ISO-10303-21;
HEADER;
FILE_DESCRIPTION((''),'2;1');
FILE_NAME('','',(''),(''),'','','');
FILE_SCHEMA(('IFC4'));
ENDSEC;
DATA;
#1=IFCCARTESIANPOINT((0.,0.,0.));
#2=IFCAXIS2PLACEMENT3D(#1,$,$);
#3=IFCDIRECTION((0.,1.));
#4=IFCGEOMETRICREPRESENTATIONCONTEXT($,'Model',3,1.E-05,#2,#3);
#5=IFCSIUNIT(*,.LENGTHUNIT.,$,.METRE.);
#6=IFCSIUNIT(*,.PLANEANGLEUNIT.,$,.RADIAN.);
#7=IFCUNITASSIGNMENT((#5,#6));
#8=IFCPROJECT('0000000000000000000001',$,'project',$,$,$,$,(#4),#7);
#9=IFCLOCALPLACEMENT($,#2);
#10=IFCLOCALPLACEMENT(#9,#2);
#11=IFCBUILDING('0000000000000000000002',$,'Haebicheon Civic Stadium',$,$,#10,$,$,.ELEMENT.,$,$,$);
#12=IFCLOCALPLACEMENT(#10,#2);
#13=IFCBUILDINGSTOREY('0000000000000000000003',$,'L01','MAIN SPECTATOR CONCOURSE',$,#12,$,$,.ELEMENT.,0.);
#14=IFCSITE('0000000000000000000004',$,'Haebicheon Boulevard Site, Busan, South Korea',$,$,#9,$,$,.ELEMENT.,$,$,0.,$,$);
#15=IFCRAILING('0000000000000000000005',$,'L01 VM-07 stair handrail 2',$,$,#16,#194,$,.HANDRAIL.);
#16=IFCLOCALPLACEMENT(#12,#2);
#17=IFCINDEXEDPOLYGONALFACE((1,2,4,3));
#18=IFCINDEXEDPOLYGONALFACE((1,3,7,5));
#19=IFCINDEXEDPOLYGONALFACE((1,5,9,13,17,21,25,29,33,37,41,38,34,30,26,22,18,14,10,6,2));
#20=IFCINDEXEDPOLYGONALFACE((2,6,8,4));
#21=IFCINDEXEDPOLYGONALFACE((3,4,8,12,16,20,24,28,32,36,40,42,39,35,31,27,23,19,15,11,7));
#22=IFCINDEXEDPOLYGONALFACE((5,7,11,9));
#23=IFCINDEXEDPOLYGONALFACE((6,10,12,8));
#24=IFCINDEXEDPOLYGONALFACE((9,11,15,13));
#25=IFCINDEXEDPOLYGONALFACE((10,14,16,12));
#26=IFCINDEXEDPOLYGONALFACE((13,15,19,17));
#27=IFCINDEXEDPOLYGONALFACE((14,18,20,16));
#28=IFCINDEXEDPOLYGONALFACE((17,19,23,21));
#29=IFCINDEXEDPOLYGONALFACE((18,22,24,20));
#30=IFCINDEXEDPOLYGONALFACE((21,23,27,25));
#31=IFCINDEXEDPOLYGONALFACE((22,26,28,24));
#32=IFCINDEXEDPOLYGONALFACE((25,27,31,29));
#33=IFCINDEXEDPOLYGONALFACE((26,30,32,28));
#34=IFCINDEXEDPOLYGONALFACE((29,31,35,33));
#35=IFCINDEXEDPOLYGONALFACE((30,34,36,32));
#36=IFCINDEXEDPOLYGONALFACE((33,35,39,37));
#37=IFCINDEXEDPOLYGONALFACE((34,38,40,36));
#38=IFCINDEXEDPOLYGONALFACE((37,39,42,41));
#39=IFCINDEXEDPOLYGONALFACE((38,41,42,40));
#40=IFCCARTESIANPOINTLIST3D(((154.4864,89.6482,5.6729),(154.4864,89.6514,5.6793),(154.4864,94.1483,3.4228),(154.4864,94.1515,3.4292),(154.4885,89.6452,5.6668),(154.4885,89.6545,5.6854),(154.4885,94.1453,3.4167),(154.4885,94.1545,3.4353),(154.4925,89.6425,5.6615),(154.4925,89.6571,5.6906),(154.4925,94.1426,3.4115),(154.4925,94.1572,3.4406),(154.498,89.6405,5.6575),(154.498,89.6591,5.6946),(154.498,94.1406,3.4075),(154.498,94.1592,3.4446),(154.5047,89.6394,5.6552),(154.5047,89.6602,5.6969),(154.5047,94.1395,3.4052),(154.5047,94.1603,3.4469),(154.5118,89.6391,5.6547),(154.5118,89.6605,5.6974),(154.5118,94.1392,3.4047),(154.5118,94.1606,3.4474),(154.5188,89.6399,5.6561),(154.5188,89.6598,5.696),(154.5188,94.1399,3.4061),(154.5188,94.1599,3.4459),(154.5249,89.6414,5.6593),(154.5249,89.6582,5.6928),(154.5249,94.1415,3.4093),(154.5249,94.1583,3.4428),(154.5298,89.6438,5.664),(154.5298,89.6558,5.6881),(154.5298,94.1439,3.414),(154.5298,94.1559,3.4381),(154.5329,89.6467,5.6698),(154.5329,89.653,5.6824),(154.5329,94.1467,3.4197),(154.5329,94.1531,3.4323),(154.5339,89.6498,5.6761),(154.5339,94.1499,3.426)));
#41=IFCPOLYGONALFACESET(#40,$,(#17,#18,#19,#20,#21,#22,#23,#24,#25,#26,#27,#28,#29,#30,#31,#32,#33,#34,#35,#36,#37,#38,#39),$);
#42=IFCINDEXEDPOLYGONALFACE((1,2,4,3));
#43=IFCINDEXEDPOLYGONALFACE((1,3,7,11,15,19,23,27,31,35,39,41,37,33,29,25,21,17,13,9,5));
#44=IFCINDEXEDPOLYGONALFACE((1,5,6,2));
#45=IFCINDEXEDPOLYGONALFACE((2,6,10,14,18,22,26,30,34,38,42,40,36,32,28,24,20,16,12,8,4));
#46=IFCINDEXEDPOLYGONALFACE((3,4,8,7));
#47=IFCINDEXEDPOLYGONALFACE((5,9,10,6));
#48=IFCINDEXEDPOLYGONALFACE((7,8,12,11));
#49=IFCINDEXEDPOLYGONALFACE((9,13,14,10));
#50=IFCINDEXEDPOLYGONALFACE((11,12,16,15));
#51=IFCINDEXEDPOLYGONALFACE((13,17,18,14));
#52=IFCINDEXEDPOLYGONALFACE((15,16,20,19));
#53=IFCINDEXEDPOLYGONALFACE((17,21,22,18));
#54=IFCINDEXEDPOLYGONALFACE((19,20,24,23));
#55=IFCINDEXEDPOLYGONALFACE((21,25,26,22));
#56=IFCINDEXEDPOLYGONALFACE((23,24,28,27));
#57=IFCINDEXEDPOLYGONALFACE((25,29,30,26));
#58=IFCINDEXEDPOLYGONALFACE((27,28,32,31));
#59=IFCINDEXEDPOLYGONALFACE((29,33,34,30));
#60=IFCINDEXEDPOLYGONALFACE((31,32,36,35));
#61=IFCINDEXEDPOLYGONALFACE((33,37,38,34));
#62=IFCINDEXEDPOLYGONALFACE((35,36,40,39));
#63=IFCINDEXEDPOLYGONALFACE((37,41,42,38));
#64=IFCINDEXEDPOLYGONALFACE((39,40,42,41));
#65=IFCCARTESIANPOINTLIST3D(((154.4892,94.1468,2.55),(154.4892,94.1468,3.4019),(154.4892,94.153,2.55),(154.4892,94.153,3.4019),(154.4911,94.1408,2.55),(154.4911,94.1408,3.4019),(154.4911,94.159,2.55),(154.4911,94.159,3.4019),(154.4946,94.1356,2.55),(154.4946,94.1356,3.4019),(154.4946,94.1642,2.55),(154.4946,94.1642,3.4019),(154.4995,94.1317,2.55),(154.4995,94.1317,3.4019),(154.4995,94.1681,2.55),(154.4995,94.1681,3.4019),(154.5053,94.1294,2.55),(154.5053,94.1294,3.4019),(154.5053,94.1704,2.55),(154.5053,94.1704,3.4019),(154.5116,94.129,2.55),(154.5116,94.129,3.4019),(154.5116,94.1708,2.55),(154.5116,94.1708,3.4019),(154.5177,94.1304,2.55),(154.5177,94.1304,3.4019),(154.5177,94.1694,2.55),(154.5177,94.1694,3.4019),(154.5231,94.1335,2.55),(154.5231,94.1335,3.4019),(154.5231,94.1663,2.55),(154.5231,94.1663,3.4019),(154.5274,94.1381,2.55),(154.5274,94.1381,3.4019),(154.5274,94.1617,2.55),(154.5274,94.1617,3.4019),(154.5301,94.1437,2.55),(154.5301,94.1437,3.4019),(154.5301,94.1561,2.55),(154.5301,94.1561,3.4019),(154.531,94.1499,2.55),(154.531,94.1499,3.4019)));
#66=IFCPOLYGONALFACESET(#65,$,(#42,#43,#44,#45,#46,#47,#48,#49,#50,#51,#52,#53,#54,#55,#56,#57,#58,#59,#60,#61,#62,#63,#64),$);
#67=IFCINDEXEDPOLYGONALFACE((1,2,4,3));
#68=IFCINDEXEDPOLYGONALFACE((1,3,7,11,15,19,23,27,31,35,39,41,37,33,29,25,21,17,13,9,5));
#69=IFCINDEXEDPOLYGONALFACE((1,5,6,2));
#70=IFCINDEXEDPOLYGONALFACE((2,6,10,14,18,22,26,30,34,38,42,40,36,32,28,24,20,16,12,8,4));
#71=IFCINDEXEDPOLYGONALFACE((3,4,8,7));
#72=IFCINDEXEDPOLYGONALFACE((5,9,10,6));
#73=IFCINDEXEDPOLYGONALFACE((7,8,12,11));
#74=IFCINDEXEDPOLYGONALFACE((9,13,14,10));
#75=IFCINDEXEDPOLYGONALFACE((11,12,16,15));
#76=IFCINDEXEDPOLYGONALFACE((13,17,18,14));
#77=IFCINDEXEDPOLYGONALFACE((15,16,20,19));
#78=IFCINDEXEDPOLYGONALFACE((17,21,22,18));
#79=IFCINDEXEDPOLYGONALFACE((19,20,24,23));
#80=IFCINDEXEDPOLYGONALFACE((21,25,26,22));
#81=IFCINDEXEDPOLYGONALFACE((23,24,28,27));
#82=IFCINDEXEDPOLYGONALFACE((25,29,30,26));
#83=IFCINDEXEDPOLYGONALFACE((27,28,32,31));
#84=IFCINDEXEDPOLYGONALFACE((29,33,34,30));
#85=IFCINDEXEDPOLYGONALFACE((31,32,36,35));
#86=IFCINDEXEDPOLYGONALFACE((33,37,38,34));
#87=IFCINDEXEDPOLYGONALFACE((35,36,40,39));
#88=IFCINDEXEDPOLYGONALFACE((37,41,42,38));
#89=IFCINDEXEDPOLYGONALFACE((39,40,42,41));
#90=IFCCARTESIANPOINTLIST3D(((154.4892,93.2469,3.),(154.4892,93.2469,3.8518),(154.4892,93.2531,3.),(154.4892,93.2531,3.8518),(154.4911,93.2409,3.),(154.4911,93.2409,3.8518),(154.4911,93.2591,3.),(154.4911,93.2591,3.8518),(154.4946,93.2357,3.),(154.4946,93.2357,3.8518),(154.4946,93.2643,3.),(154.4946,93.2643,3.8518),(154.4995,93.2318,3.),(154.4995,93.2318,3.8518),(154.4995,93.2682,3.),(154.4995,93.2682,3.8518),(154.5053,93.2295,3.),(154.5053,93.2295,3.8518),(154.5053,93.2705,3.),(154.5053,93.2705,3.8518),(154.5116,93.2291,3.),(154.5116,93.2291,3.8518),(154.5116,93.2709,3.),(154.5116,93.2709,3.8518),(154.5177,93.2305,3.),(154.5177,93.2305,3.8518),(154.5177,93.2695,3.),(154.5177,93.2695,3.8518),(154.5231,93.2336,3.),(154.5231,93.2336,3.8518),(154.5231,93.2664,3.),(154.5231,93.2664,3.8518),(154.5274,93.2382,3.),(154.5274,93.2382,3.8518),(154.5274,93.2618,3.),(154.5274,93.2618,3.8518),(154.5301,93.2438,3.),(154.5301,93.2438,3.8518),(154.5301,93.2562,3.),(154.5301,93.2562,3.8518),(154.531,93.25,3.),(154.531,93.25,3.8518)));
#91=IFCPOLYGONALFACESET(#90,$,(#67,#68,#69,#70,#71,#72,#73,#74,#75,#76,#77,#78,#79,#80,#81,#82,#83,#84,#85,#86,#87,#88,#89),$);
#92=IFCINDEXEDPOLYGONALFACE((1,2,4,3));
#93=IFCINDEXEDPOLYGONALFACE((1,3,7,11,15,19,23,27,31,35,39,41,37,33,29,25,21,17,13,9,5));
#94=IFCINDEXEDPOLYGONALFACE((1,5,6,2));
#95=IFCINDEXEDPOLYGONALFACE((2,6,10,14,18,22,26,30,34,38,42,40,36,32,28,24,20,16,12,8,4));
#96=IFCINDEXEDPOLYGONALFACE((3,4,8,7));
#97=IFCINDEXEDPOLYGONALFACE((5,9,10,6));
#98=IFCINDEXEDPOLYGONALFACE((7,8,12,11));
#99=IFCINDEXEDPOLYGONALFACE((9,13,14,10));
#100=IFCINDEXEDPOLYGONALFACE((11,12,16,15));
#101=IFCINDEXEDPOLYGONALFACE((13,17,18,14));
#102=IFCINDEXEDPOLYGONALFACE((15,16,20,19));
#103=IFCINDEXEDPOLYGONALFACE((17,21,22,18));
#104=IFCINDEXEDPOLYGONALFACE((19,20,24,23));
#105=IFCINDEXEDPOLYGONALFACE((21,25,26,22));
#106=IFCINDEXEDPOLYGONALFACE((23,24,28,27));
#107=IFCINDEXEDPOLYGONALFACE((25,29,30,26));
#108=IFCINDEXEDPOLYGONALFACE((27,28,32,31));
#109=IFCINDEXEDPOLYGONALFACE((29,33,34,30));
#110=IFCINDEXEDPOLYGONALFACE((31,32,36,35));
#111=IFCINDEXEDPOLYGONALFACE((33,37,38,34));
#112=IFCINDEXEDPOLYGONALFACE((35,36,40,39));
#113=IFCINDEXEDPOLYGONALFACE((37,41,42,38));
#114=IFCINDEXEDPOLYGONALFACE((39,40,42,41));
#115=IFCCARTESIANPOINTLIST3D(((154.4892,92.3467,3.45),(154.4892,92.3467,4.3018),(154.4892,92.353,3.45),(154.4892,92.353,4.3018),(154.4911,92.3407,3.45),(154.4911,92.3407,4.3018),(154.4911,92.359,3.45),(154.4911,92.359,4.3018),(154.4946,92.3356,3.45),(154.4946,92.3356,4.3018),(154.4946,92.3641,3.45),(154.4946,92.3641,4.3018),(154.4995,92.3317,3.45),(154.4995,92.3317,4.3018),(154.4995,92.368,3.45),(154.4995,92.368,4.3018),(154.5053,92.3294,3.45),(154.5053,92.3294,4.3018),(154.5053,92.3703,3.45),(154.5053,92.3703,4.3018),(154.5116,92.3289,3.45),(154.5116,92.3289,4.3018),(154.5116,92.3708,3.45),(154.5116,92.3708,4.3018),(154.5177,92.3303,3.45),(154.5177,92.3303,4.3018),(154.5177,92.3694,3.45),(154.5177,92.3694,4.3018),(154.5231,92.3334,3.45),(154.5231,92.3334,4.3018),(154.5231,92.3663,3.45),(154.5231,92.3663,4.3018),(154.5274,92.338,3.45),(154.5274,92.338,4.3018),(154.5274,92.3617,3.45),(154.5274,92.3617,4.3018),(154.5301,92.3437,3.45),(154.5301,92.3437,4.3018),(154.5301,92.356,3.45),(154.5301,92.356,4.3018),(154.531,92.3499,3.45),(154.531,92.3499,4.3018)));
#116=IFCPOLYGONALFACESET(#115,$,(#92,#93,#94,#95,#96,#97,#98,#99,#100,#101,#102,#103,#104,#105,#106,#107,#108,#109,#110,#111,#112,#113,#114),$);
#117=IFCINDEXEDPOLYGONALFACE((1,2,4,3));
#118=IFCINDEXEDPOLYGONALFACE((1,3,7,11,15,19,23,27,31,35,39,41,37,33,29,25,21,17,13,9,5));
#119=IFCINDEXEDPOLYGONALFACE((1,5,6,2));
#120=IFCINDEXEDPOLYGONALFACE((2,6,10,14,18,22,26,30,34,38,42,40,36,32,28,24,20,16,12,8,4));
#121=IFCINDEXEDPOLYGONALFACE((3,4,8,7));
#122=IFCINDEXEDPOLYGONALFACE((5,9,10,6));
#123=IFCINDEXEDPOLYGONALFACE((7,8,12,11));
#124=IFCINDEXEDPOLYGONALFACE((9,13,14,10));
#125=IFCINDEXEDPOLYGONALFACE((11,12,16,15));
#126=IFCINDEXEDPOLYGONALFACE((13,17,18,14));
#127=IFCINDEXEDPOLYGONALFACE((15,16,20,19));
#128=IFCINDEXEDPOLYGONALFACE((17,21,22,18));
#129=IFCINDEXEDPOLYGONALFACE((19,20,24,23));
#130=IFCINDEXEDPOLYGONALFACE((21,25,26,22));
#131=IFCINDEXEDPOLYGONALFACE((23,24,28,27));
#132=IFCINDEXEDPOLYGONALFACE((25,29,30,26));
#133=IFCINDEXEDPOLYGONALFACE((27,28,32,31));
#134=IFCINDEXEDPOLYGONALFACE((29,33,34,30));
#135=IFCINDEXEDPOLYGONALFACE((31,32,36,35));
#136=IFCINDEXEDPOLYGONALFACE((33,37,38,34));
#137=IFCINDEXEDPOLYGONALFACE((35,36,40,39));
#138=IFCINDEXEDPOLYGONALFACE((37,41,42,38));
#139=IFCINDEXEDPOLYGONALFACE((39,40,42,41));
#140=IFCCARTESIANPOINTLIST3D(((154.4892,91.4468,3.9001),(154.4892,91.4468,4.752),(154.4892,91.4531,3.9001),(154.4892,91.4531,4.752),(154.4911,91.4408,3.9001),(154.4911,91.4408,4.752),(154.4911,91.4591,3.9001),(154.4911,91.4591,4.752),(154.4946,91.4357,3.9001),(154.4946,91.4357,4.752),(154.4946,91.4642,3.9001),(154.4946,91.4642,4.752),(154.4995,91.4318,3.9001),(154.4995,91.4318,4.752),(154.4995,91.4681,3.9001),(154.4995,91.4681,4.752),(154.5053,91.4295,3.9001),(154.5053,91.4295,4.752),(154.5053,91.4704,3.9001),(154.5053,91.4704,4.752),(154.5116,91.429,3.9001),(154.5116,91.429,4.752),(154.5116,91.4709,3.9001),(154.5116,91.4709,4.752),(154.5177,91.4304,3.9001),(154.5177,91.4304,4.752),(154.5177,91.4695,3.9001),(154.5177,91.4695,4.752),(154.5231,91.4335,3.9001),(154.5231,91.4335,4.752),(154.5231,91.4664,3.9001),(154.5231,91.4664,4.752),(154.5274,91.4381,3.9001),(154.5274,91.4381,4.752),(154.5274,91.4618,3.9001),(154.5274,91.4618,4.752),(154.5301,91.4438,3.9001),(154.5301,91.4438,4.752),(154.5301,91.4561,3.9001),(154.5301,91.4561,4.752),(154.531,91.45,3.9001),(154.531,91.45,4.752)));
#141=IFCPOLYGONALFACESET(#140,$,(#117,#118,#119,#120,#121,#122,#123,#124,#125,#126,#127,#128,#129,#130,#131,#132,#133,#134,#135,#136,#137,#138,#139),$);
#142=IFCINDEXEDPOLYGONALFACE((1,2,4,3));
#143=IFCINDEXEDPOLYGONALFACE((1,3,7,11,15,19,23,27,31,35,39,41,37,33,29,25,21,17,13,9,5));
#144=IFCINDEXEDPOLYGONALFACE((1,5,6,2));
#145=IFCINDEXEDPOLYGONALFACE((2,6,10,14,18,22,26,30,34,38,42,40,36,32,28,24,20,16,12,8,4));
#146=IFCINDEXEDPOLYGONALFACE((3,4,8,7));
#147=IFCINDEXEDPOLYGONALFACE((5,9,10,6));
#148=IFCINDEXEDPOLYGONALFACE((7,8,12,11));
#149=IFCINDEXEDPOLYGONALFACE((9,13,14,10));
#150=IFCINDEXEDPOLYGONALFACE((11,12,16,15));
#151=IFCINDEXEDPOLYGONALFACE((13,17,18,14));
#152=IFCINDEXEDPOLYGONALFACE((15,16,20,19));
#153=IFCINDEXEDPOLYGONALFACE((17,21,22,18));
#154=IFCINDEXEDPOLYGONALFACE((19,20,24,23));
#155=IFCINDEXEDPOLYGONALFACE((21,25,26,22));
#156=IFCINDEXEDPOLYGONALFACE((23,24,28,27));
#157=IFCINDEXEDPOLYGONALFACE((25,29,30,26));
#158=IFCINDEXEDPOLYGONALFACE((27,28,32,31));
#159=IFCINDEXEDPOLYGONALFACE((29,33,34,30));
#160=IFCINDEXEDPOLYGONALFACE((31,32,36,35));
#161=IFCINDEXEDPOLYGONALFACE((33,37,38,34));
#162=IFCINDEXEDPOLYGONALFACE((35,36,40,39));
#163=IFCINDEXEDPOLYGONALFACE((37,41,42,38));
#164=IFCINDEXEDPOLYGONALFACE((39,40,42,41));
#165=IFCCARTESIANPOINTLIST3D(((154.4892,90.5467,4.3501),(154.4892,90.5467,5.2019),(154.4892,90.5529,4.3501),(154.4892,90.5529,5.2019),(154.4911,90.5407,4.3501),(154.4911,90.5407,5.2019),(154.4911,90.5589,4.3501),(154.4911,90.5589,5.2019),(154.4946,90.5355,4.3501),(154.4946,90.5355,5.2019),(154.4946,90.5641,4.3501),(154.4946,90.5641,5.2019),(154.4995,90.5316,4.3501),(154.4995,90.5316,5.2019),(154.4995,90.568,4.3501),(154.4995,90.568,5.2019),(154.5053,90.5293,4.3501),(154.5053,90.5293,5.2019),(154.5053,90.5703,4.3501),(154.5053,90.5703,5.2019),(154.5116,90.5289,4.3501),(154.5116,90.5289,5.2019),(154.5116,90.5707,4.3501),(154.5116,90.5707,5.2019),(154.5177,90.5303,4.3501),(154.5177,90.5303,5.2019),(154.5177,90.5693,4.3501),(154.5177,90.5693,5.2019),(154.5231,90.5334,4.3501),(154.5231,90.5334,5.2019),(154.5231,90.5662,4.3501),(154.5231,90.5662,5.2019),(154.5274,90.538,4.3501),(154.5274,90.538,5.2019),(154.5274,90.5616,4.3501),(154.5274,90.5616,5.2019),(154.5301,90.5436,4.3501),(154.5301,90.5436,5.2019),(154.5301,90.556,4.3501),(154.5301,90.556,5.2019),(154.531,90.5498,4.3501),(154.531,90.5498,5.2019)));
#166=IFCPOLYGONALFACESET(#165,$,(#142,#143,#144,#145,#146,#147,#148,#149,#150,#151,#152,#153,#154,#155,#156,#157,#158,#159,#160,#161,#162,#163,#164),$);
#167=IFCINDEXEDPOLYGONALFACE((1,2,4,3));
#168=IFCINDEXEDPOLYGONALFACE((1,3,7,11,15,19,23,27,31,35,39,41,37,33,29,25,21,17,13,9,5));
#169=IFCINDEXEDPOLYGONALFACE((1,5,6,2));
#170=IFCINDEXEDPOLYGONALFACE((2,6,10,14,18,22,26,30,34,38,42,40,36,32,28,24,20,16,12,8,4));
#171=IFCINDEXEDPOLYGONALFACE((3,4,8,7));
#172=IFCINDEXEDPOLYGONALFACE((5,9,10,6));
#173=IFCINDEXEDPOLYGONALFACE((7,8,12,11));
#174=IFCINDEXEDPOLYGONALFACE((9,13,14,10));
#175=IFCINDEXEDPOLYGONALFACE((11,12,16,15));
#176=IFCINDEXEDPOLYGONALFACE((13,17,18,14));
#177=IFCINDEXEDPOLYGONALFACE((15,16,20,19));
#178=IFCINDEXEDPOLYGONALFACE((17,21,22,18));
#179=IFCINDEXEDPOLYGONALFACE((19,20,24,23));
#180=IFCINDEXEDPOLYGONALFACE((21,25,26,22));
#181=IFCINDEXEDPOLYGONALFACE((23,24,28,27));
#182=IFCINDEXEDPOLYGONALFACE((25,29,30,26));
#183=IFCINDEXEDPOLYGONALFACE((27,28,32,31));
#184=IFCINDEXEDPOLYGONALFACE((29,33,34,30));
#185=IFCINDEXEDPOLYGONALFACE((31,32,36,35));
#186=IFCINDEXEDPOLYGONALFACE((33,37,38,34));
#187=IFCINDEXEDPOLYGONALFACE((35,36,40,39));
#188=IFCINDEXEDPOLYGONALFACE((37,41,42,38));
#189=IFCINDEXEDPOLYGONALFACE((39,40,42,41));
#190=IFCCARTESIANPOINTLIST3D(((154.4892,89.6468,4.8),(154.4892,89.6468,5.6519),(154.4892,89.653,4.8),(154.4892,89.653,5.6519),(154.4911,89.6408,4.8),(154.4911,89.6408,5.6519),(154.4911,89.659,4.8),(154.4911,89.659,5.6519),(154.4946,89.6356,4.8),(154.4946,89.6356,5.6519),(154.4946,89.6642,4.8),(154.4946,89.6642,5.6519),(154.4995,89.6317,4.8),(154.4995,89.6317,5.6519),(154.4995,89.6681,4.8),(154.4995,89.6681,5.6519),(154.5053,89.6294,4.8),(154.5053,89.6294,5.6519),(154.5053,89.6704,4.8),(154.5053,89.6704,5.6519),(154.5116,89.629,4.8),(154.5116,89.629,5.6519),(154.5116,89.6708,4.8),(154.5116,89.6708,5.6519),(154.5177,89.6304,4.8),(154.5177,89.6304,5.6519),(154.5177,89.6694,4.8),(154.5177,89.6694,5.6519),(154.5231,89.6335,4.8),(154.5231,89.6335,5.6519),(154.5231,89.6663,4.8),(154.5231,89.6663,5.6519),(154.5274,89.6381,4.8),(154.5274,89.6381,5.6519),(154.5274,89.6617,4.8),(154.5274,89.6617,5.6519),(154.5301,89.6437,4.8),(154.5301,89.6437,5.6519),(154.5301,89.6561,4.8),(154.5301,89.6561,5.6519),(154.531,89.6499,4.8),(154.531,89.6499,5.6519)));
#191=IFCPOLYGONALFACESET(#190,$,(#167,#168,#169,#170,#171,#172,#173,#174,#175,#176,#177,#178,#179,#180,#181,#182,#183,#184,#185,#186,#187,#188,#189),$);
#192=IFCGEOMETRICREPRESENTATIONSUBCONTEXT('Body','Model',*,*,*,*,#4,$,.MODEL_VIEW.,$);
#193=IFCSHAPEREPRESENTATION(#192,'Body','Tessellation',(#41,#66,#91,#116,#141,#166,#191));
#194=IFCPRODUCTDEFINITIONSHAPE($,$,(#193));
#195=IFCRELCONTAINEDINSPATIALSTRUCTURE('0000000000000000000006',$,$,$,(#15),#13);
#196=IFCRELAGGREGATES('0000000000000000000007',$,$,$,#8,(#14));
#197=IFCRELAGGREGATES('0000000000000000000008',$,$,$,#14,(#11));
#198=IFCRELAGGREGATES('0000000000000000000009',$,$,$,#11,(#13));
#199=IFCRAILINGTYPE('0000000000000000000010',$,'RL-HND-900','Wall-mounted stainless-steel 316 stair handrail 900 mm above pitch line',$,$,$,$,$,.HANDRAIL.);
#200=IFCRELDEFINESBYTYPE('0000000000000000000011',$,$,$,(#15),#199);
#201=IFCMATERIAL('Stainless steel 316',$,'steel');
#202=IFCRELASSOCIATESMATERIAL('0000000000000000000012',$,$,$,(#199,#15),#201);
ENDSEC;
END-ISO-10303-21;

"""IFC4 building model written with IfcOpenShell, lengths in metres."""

from ifc_helpers import new_model, si_unit, direction, frame, origin, origin_2d, place, context, subcontext, project, spatial, circle, extrude, material, type_object, element, save


model = new_model("IFC4")

# Units and contexts
model_context = context("Model", 3, precision=1e-05, world=origin(), true_north=direction((0.0, 1.0)))
body_context = subcontext(model_context, "Body", "Model", "MODEL_VIEW")
ifc_project = project(units=[si_unit("LENGTHUNIT", "METRE"), si_unit("PLANEANGLEUNIT", "RADIAN")], contexts=[model_context])

# Site, building, storey
site_placement = place(None, origin())
site = spatial("IfcSite", under=ifc_project, at=site_placement, Name="Haebicheon Boulevard Site, Busan, South Korea", CompositionType="ELEMENT", RefElevation=0.0)
building_placement = place(site_placement, origin())
building = spatial("IfcBuilding", under=site, at=building_placement, Name="Haebicheon Civic Stadium", CompositionType="ELEMENT")
storey_placement = place(building_placement, origin())
storey = spatial("IfcBuildingStorey", under=building, at=storey_placement, Name="L01", Description="MAIN SPECTATOR CONCOURSE", CompositionType="ELEMENT", Elevation=0.0)

# Railing
ifc_material_1 = material(Name="Stainless steel 316", Category="steel")
railing_type_1 = type_object("IfcRailingType", Name="RL-HND-900", Description="Wall-mounted stainless-steel 316 stair handrail 900 mm above pitch line", PredefinedType="HANDRAIL", material=ifc_material_1)
railing_1_placement = place(storey_placement, frame((154.51, 94.1499, 2.55)))
element("IfcRailing", 1, at=railing_1_placement, inside=storey, type_object=railing_type_1, material=ifc_material_1, Name="L01 VM-07 stair handrail 2", PredefinedType="HANDRAIL", context=body_context, shape_type="SweptSolid", body=[
    extrude(circle(Radius=0.0239, at=origin_2d()), frame((0.0, 0.0, 0.876), z_axis=(0.0, -0.894427, 0.447214), x_axis=(1.0, 0.0, 0.0)), (0.0, 0.0, 1.0), 5.0312),
    extrude(circle(Radius=0.021, at=origin_2d()), origin(), (0.0, 0.0, 1.0), 0.8518),
    extrude(circle(Radius=0.021, at=origin_2d()), frame((0.0, -0.8999, 0.45)), (0.0, 0.0, 1.0), 0.8518),
    extrude(circle(Radius=0.021, at=origin_2d()), frame((0.0, -1.8, 0.8999)), (0.0, 0.0, 1.0), 0.8518),
    extrude(circle(Radius=0.021, at=origin_2d()), frame((0.0, -2.7, 1.3501)), (0.0, 0.0, 1.0), 0.8518),
    extrude(circle(Radius=0.021, at=origin_2d()), frame((0.0, -3.6001, 1.8)), (0.0, 0.0, 1.0), 0.8518),
    extrude(circle(Radius=0.021, at=origin_2d()), frame((0.0, -4.5, 2.25)), (0.0, 0.0, 1.0), 0.8518),
])

save(model, "model.ifc")
